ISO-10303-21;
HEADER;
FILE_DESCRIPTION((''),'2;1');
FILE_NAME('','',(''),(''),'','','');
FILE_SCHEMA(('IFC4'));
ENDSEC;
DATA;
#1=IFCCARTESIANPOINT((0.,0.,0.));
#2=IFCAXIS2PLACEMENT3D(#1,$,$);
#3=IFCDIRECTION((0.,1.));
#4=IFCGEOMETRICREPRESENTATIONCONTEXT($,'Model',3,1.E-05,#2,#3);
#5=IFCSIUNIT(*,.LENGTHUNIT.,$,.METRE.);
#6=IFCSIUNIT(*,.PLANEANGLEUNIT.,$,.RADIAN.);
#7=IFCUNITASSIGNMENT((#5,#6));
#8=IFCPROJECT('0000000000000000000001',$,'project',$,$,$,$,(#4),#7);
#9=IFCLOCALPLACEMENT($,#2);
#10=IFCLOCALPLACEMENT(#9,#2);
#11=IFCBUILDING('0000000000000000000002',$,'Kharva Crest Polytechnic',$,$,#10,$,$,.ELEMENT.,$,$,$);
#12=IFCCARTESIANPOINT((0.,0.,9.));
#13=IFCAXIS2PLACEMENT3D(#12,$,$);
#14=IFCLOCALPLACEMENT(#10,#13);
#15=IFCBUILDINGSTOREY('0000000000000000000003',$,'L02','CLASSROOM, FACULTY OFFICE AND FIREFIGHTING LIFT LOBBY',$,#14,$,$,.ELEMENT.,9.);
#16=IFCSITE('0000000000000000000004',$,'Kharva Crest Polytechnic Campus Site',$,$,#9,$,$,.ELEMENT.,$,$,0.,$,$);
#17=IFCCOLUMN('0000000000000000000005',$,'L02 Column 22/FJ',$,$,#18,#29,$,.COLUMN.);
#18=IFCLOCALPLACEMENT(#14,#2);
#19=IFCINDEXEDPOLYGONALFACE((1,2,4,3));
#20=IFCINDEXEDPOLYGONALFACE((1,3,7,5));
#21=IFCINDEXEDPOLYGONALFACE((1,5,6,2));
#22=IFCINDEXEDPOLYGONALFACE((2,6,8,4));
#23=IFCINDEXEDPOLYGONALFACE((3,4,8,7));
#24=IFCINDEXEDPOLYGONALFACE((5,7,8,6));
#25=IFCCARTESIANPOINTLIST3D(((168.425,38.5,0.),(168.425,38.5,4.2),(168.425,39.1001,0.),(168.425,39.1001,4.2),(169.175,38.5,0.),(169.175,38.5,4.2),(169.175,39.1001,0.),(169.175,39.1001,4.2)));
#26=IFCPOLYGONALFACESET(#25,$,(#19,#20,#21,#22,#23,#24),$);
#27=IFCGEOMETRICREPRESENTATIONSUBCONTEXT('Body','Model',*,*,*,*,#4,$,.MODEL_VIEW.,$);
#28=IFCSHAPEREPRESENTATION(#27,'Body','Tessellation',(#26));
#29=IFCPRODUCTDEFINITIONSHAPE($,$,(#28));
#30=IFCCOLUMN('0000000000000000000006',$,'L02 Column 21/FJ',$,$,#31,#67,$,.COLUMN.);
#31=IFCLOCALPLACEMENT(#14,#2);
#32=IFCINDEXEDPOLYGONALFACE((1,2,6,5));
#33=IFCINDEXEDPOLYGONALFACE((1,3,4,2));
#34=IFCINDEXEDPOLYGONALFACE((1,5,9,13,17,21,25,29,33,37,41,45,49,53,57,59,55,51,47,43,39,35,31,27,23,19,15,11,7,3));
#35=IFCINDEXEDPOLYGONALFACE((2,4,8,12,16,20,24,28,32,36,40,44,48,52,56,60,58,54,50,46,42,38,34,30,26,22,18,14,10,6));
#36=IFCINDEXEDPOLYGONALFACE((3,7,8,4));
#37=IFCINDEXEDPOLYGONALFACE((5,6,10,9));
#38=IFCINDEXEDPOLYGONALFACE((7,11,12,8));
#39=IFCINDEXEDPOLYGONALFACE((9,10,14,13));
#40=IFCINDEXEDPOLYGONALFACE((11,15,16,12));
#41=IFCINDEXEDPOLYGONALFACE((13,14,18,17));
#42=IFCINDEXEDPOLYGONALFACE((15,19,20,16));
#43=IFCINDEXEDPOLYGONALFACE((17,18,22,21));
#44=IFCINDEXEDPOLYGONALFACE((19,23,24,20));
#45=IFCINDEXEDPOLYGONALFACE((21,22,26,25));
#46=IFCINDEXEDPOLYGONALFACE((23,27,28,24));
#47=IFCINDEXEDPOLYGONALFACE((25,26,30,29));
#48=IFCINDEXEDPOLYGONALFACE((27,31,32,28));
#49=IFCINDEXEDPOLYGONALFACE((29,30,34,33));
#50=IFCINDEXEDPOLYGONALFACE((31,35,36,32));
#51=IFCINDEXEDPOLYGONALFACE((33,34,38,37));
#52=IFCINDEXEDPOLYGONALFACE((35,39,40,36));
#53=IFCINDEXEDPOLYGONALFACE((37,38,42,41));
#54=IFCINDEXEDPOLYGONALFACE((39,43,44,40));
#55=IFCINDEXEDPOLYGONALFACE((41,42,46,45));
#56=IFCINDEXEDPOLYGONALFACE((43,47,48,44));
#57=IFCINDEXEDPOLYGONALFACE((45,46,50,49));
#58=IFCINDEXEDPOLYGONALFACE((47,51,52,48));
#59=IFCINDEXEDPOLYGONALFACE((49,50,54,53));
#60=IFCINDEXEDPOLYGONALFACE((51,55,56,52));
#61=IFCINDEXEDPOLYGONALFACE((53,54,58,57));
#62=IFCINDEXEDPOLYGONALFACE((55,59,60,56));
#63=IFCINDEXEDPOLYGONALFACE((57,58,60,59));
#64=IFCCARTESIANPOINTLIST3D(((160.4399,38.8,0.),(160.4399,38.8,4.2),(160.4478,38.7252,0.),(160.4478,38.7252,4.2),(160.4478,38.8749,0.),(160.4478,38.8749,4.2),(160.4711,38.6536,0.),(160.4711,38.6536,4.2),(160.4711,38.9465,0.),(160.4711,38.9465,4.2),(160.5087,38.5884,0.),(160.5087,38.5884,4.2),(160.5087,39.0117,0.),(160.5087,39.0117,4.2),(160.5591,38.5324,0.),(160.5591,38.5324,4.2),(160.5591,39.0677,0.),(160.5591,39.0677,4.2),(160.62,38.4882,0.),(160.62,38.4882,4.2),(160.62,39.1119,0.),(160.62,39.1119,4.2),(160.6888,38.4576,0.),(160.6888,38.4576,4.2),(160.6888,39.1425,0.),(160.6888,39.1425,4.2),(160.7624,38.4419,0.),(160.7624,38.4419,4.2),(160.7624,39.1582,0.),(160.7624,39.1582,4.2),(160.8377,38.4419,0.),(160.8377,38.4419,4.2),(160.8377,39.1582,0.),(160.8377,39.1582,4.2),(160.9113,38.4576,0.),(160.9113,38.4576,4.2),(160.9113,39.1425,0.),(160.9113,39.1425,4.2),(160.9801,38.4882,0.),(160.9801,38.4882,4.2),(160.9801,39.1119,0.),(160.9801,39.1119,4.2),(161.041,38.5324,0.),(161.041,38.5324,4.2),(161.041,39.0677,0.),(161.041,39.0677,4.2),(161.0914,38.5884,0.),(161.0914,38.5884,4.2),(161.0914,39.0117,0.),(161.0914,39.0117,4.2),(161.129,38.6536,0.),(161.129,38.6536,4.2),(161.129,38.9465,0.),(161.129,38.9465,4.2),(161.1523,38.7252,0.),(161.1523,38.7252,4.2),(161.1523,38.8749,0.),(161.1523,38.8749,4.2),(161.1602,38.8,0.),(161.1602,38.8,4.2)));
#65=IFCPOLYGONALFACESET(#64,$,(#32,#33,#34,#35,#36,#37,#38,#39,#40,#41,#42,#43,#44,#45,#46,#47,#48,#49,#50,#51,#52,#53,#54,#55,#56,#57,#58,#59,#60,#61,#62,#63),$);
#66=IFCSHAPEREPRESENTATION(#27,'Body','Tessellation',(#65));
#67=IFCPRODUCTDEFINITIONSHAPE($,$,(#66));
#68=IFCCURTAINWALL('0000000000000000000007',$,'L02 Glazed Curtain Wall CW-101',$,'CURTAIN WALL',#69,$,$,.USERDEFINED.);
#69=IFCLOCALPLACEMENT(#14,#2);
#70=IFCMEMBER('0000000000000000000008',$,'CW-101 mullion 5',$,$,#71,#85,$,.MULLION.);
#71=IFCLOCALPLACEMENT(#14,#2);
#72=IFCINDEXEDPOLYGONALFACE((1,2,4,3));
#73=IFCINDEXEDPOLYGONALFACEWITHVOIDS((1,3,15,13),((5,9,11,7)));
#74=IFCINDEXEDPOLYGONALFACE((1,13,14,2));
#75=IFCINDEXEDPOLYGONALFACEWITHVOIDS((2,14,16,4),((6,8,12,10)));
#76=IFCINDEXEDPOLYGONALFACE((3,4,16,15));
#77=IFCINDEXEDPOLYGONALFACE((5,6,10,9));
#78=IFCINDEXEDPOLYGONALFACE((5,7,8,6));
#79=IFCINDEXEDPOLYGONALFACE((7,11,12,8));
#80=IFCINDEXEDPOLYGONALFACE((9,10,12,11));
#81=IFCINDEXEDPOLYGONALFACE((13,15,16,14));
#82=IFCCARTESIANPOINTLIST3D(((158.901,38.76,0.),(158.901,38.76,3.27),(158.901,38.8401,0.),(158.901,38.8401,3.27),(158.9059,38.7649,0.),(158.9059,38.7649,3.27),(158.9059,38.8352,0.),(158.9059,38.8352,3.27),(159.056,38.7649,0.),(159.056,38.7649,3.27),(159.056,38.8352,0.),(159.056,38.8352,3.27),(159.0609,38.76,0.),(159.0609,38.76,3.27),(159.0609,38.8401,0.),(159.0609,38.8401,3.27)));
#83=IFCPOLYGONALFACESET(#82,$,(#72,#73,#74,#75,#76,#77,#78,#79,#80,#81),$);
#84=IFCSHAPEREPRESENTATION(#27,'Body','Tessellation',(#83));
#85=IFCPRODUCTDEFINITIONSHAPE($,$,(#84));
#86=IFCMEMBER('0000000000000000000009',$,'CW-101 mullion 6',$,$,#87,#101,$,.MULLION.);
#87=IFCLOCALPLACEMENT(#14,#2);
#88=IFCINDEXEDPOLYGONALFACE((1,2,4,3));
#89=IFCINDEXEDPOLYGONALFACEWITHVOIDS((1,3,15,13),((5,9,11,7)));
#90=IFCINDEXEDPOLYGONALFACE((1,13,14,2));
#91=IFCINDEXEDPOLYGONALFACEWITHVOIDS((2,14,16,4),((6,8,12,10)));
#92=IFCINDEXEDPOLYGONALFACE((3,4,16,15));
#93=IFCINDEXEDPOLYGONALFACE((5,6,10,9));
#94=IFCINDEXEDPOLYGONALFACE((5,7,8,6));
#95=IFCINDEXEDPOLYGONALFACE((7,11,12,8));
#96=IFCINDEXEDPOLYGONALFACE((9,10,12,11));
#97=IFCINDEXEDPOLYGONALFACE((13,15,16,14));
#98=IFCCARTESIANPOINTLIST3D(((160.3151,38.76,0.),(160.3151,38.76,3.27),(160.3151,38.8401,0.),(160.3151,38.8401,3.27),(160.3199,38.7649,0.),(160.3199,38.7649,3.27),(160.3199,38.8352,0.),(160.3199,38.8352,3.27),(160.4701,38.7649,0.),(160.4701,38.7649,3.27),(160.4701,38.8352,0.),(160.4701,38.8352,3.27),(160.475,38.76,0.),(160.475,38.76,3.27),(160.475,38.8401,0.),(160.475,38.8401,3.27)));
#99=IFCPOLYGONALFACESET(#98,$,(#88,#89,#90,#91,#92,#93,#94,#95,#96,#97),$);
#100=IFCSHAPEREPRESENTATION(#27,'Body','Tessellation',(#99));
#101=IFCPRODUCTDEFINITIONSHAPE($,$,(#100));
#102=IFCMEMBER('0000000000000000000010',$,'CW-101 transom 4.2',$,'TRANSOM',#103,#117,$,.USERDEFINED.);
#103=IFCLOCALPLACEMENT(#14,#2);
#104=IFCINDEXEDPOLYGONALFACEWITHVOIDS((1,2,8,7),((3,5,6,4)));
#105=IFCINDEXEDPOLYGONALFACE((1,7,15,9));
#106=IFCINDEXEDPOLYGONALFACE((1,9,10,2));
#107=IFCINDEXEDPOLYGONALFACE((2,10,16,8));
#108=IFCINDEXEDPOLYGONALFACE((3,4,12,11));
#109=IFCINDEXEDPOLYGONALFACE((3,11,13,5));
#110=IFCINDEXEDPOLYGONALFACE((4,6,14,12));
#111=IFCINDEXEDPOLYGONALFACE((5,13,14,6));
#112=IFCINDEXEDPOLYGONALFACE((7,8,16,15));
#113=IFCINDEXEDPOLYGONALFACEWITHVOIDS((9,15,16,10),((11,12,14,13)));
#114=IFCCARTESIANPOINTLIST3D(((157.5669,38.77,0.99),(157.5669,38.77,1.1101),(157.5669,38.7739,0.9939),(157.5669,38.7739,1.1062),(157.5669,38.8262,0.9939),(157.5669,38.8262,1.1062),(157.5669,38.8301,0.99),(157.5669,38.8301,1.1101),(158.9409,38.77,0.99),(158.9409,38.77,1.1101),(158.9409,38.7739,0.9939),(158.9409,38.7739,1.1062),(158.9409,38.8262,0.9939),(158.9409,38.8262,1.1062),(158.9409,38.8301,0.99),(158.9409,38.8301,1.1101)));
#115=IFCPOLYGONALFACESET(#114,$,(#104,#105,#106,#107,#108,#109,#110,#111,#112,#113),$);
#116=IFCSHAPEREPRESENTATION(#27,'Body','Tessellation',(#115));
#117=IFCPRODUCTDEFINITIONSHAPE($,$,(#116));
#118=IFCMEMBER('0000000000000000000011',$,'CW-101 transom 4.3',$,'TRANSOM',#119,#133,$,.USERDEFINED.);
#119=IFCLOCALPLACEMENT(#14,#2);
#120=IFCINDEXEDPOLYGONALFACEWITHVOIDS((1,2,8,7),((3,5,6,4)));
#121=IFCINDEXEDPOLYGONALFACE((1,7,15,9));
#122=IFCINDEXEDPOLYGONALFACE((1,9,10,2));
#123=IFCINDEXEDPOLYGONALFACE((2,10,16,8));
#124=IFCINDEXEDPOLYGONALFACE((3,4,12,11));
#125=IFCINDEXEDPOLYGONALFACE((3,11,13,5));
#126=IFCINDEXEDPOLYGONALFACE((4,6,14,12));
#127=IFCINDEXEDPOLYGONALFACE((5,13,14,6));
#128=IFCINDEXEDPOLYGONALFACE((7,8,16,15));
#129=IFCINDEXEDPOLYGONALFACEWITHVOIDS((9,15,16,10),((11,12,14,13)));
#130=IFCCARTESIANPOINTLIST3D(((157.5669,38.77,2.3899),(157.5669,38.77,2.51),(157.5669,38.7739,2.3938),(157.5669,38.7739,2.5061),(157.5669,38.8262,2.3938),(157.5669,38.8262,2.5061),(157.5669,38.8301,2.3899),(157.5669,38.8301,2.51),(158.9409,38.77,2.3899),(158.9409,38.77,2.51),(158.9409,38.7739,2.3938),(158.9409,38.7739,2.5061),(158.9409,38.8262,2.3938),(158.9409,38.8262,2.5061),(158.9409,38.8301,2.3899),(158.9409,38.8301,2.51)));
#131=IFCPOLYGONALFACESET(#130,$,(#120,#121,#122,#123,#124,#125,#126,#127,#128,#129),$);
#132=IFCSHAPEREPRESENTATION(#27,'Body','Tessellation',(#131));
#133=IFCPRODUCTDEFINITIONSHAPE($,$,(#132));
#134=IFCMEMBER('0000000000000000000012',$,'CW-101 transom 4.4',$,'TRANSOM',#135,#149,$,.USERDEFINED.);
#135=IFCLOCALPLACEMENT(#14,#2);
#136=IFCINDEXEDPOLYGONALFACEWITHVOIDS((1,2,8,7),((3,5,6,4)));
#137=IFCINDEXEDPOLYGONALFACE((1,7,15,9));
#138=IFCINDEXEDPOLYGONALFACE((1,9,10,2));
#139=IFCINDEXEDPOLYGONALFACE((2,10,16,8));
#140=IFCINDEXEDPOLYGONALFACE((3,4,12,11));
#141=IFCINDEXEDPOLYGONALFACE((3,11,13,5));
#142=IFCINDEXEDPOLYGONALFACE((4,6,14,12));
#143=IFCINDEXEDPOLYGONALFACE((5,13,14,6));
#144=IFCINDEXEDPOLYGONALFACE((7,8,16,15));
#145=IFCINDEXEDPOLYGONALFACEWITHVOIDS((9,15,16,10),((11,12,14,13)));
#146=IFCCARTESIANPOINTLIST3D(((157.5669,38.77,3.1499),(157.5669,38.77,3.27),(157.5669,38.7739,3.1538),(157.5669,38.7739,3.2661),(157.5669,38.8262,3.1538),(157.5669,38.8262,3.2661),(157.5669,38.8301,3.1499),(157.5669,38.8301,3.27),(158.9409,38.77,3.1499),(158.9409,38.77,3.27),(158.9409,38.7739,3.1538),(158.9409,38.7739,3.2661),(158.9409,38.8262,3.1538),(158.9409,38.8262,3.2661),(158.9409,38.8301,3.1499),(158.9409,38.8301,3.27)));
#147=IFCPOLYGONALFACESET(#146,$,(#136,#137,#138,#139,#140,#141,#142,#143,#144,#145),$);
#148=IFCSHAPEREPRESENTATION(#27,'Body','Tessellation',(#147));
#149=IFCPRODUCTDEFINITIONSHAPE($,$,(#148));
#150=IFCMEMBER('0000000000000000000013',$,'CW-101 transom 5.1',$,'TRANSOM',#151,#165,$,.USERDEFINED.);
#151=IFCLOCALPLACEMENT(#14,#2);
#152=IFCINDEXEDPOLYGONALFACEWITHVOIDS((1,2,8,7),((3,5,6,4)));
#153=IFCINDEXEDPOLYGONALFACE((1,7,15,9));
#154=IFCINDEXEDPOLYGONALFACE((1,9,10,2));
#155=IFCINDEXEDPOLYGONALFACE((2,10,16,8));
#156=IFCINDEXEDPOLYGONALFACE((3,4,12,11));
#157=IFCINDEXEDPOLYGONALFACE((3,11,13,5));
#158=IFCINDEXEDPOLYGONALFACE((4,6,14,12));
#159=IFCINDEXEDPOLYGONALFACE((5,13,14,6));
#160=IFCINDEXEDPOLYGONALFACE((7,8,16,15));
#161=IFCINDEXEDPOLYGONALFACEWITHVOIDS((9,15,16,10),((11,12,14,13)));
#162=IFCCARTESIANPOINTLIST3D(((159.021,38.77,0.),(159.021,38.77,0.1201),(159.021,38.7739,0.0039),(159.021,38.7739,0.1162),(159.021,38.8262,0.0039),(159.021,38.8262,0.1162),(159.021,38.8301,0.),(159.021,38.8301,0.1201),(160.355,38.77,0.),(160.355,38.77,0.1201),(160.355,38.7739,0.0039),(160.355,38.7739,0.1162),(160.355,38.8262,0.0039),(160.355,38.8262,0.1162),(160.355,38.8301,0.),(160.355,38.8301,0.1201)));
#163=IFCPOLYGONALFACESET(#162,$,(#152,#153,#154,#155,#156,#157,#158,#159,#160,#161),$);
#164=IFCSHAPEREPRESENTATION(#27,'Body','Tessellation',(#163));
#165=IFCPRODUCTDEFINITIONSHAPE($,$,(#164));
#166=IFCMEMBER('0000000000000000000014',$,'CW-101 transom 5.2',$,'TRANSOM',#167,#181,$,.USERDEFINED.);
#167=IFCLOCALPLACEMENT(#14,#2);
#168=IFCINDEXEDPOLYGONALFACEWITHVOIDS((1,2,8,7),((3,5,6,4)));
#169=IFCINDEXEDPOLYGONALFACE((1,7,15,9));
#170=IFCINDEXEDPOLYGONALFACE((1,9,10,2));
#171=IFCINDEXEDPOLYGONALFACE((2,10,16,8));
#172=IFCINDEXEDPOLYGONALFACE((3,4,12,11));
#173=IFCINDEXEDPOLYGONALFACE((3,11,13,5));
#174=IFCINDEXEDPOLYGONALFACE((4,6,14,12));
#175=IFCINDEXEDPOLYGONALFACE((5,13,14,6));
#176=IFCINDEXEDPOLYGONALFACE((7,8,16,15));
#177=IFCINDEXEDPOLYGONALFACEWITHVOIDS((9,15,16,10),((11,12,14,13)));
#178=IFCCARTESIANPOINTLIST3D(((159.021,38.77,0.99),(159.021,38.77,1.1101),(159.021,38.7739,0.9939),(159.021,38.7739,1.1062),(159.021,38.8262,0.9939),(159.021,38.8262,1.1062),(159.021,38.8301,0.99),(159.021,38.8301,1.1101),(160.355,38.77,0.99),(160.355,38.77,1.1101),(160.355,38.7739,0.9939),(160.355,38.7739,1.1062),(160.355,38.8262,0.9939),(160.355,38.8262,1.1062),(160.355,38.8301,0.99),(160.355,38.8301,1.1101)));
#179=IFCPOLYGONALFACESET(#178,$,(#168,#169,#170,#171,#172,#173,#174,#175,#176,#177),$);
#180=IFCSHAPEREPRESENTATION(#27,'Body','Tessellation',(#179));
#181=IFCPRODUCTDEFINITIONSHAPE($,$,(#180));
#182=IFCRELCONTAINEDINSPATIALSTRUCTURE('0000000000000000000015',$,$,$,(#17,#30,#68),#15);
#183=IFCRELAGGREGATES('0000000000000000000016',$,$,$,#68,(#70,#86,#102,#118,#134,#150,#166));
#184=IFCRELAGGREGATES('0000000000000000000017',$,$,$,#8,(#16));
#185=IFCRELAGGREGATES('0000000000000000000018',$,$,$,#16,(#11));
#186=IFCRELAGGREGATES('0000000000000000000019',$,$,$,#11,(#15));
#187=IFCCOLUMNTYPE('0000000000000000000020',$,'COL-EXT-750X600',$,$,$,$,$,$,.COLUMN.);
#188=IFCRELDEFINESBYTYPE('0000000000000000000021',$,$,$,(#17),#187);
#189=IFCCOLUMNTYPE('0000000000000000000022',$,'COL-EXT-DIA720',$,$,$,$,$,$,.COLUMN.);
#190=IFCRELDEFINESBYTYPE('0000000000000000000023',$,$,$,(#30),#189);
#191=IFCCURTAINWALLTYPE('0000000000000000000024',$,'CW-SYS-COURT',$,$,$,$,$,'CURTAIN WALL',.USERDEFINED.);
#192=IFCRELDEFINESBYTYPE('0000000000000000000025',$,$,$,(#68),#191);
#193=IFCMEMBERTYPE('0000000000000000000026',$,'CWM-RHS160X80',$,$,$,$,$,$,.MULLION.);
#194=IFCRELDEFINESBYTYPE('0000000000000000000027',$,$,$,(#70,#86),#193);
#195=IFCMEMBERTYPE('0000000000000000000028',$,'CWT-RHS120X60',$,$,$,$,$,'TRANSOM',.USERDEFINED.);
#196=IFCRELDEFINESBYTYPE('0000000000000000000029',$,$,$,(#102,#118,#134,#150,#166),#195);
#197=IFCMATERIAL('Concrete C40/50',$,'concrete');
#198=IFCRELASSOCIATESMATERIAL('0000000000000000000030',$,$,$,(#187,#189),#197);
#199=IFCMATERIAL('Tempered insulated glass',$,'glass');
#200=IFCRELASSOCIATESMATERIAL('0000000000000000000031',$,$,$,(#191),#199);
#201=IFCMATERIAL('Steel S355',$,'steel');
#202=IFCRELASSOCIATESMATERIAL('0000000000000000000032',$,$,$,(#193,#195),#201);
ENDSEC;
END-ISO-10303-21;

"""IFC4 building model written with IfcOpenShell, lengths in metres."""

from ifc_helpers import new_model, si_unit, direction, frame, origin, origin_2d, place, context, subcontext, project, spatial, rectangle, hollow_rectangle, circle, extrude, material, material_profile, profile_set, type_object, element, aggregate, save


model = new_model("IFC4")

# Units and contexts
model_context = context("Model", 3, precision=1e-05, world=origin(), true_north=direction((0.0, 1.0)))
body_context = subcontext(model_context, "Body", "Model", "MODEL_VIEW")
ifc_project = project(units=[si_unit("LENGTHUNIT", "METRE"), si_unit("PLANEANGLEUNIT", "RADIAN")], contexts=[model_context])

# Site, building, storey
site_placement = place(None, origin())
site = spatial("IfcSite", under=ifc_project, at=site_placement, Name="Kharva Crest Polytechnic Campus Site", CompositionType="ELEMENT", RefElevation=0.0)
building_placement = place(site_placement, origin())
building = spatial("IfcBuilding", under=site, at=building_placement, Name="Kharva Crest Polytechnic", CompositionType="ELEMENT")
storey_placement = place(building_placement, frame((0.0, 0.0, 9.0)))
storey = spatial("IfcBuildingStorey", under=building, at=storey_placement, Name="L02", Description="CLASSROOM, FACULTY OFFICE AND FIREFIGHTING LIFT LOBBY", CompositionType="ELEMENT", Elevation=9.0)

# Columns
ifc_material_1 = material(Name="Concrete C40/50", Category="concrete")
ifc_material_profile_1 = material_profile(ifc_material_1, rectangle(XDim=0.75, YDim=0.6001, at=origin_2d()), Name="RECT 750 X 600")
ifc_profile_set_1 = profile_set([ifc_material_profile_1], Name="Concrete C40/50")
column_type_1 = type_object("IfcColumnType", Name="COL-EXT-750X600", PredefinedType="COLUMN", material=ifc_profile_set_1)
column_1_placement = place(storey_placement, frame((168.8, 38.8, 0.0), z_axis=(0.0, 0.0, 1.0), x_axis=(1.0, 0.0, 0.0)))
element("IfcColumn", 1, at=column_1_placement, inside=storey, type_object=column_type_1, Name="L02 Column 22/FJ", PredefinedType="COLUMN", context=body_context, shape_type="SweptSolid", body=[
    extrude(rectangle(XDim=0.75, YDim=0.6001, at=origin_2d()), origin(), (0.0, 0.0, 1.0), 4.2),
])
ifc_material_profile_2 = material_profile(ifc_material_1, circle(Radius=0.3601, at=origin_2d()), Name="DIA 720")
ifc_profile_set_2 = profile_set([ifc_material_profile_2], Name="Concrete C40/50")
column_type_2 = type_object("IfcColumnType", Name="COL-EXT-DIA720", PredefinedType="COLUMN", material=ifc_profile_set_2)
column_2_placement = place(storey_placement, frame((160.8, 38.8, 0.0), z_axis=(0.0, 0.0, 1.0), x_axis=(1.0, 0.0, 0.0)))
element("IfcColumn", 2, at=column_2_placement, inside=storey, type_object=column_type_2, Name="L02 Column 21/FJ", PredefinedType="COLUMN", context=body_context, shape_type="SweptSolid", body=[
    extrude(circle(Radius=0.3601, at=origin_2d()), origin(), (0.0, 0.0, 1.0), 4.2),
])

# Curtain wall, members
ifc_material_2 = material(Name="Tempered insulated glass", Category="glass")
curtain_wall_type = type_object("IfcCurtainWallType", Name="CW-SYS-COURT", ElementType="CURTAIN WALL", PredefinedType="USERDEFINED", material=ifc_material_2)
curtain_wall_placement = place(storey_placement, origin())
curtain_wall = element("IfcCurtainWall", 3, at=curtain_wall_placement, inside=storey, type_object=curtain_wall_type, Name="L02 Glazed Curtain Wall CW-101", ObjectType="CURTAIN WALL", PredefinedType="USERDEFINED")
ifc_material_3 = material(Name="Steel S355", Category="steel")
ifc_material_profile_3 = material_profile(ifc_material_3, hollow_rectangle(XDim=0.0801, YDim=0.1599, WallThickness=0.0049, at=origin_2d()), Name="RHS 160X80X5.0")
ifc_profile_set_3 = profile_set([ifc_material_profile_3], Name="Steel S355")
member_type_1 = type_object("IfcMemberType", Name="CWM-RHS160X80", PredefinedType="MULLION", material=ifc_profile_set_3)
member_1_placement = place(storey_placement, frame((158.981, 38.8, 0.0), z_axis=(0.0, 0.0, 1.0), x_axis=(0.0, 1.0, 0.0)))
member_1 = element("IfcMember", 4, at=member_1_placement, type_object=member_type_1, Name="CW-101 mullion 5", PredefinedType="MULLION", context=body_context, shape_type="SweptSolid", body=[
    extrude(hollow_rectangle(XDim=0.0801, YDim=0.1599, WallThickness=0.0049, at=origin_2d()), origin(), (0.0, 0.0, 1.0), 3.27),
])
member_2_placement = place(storey_placement, frame((160.395, 38.8, 0.0), z_axis=(0.0, 0.0, 1.0), x_axis=(0.0, 1.0, 0.0)))
member_2 = element("IfcMember", 5, at=member_2_placement, type_object=member_type_1, Name="CW-101 mullion 6", PredefinedType="MULLION", context=body_context, shape_type="SweptSolid", body=[
    extrude(hollow_rectangle(XDim=0.0801, YDim=0.1599, WallThickness=0.0049, at=origin_2d()), origin(), (0.0, 0.0, 1.0), 3.27),
])
ifc_material_profile_4 = material_profile(ifc_material_3, hollow_rectangle(XDim=0.0601, YDim=0.1201, WallThickness=0.0039, at=origin_2d()), Name="RHS 120X60X4.0")
ifc_profile_set_4 = profile_set([ifc_material_profile_4], Name="Steel S355")
member_type_2 = type_object("IfcMemberType", Name="CWT-RHS120X60", ElementType="TRANSOM", PredefinedType="USERDEFINED", material=ifc_profile_set_4)
member_3_placement = place(storey_placement, frame((157.5669, 38.8, 1.05), z_axis=(1.0, 0.0, 0.0), x_axis=(0.0, 1.0, 0.0)))
member_3 = element("IfcMember", 6, at=member_3_placement, type_object=member_type_2, Name="CW-101 transom 4.2", ObjectType="TRANSOM", PredefinedType="USERDEFINED", context=body_context, shape_type="SweptSolid", body=[
    extrude(hollow_rectangle(XDim=0.0601, YDim=0.1201, WallThickness=0.0039, at=origin_2d()), origin(), (0.0, 0.0, 1.0), 1.374),
])
member_4_placement = place(storey_placement, frame((157.5669, 38.8, 2.45), z_axis=(1.0, 0.0, 0.0), x_axis=(0.0, 1.0, 0.0)))
member_4 = element("IfcMember", 7, at=member_4_placement, type_object=member_type_2, Name="CW-101 transom 4.3", ObjectType="TRANSOM", PredefinedType="USERDEFINED", context=body_context, shape_type="SweptSolid", body=[
    extrude(hollow_rectangle(XDim=0.0601, YDim=0.1201, WallThickness=0.0039, at=origin_2d()), origin(), (0.0, 0.0, 1.0), 1.374),
])
member_5_placement = place(storey_placement, frame((157.5669, 38.8, 3.21), z_axis=(1.0, 0.0, 0.0), x_axis=(0.0, 1.0, 0.0)))
member_5 = element("IfcMember", 8, at=member_5_placement, type_object=member_type_2, Name="CW-101 transom 4.4", ObjectType="TRANSOM", PredefinedType="USERDEFINED", context=body_context, shape_type="SweptSolid", body=[
    extrude(hollow_rectangle(XDim=0.0601, YDim=0.1201, WallThickness=0.0039, at=origin_2d()), origin(), (0.0, 0.0, 1.0), 1.374),
])
member_6_placement = place(storey_placement, frame((159.021, 38.8, 0.0601), z_axis=(1.0, 0.0, 0.0), x_axis=(0.0, 1.0, 0.0)))
member_6 = element("IfcMember", 9, at=member_6_placement, type_object=member_type_2, Name="CW-101 transom 5.1", ObjectType="TRANSOM", PredefinedType="USERDEFINED", context=body_context, shape_type="SweptSolid", body=[
    extrude(hollow_rectangle(XDim=0.0601, YDim=0.1201, WallThickness=0.0039, at=origin_2d()), origin(), (0.0, 0.0, 1.0), 1.334),
])
member_7_placement = place(storey_placement, frame((159.021, 38.8, 1.05), z_axis=(1.0, 0.0, 0.0), x_axis=(0.0, 1.0, 0.0)))
member_7 = element("IfcMember", 10, at=member_7_placement, type_object=member_type_2, Name="CW-101 transom 5.2", ObjectType="TRANSOM", PredefinedType="USERDEFINED", context=body_context, shape_type="SweptSolid", body=[
    extrude(hollow_rectangle(XDim=0.0601, YDim=0.1201, WallThickness=0.0039, at=origin_2d()), origin(), (0.0, 0.0, 1.0), 1.334),
])

aggregate(curtain_wall, [member_1, member_2, member_3, member_4, member_5, member_6, member_7])

save(model, "model.ifc")
